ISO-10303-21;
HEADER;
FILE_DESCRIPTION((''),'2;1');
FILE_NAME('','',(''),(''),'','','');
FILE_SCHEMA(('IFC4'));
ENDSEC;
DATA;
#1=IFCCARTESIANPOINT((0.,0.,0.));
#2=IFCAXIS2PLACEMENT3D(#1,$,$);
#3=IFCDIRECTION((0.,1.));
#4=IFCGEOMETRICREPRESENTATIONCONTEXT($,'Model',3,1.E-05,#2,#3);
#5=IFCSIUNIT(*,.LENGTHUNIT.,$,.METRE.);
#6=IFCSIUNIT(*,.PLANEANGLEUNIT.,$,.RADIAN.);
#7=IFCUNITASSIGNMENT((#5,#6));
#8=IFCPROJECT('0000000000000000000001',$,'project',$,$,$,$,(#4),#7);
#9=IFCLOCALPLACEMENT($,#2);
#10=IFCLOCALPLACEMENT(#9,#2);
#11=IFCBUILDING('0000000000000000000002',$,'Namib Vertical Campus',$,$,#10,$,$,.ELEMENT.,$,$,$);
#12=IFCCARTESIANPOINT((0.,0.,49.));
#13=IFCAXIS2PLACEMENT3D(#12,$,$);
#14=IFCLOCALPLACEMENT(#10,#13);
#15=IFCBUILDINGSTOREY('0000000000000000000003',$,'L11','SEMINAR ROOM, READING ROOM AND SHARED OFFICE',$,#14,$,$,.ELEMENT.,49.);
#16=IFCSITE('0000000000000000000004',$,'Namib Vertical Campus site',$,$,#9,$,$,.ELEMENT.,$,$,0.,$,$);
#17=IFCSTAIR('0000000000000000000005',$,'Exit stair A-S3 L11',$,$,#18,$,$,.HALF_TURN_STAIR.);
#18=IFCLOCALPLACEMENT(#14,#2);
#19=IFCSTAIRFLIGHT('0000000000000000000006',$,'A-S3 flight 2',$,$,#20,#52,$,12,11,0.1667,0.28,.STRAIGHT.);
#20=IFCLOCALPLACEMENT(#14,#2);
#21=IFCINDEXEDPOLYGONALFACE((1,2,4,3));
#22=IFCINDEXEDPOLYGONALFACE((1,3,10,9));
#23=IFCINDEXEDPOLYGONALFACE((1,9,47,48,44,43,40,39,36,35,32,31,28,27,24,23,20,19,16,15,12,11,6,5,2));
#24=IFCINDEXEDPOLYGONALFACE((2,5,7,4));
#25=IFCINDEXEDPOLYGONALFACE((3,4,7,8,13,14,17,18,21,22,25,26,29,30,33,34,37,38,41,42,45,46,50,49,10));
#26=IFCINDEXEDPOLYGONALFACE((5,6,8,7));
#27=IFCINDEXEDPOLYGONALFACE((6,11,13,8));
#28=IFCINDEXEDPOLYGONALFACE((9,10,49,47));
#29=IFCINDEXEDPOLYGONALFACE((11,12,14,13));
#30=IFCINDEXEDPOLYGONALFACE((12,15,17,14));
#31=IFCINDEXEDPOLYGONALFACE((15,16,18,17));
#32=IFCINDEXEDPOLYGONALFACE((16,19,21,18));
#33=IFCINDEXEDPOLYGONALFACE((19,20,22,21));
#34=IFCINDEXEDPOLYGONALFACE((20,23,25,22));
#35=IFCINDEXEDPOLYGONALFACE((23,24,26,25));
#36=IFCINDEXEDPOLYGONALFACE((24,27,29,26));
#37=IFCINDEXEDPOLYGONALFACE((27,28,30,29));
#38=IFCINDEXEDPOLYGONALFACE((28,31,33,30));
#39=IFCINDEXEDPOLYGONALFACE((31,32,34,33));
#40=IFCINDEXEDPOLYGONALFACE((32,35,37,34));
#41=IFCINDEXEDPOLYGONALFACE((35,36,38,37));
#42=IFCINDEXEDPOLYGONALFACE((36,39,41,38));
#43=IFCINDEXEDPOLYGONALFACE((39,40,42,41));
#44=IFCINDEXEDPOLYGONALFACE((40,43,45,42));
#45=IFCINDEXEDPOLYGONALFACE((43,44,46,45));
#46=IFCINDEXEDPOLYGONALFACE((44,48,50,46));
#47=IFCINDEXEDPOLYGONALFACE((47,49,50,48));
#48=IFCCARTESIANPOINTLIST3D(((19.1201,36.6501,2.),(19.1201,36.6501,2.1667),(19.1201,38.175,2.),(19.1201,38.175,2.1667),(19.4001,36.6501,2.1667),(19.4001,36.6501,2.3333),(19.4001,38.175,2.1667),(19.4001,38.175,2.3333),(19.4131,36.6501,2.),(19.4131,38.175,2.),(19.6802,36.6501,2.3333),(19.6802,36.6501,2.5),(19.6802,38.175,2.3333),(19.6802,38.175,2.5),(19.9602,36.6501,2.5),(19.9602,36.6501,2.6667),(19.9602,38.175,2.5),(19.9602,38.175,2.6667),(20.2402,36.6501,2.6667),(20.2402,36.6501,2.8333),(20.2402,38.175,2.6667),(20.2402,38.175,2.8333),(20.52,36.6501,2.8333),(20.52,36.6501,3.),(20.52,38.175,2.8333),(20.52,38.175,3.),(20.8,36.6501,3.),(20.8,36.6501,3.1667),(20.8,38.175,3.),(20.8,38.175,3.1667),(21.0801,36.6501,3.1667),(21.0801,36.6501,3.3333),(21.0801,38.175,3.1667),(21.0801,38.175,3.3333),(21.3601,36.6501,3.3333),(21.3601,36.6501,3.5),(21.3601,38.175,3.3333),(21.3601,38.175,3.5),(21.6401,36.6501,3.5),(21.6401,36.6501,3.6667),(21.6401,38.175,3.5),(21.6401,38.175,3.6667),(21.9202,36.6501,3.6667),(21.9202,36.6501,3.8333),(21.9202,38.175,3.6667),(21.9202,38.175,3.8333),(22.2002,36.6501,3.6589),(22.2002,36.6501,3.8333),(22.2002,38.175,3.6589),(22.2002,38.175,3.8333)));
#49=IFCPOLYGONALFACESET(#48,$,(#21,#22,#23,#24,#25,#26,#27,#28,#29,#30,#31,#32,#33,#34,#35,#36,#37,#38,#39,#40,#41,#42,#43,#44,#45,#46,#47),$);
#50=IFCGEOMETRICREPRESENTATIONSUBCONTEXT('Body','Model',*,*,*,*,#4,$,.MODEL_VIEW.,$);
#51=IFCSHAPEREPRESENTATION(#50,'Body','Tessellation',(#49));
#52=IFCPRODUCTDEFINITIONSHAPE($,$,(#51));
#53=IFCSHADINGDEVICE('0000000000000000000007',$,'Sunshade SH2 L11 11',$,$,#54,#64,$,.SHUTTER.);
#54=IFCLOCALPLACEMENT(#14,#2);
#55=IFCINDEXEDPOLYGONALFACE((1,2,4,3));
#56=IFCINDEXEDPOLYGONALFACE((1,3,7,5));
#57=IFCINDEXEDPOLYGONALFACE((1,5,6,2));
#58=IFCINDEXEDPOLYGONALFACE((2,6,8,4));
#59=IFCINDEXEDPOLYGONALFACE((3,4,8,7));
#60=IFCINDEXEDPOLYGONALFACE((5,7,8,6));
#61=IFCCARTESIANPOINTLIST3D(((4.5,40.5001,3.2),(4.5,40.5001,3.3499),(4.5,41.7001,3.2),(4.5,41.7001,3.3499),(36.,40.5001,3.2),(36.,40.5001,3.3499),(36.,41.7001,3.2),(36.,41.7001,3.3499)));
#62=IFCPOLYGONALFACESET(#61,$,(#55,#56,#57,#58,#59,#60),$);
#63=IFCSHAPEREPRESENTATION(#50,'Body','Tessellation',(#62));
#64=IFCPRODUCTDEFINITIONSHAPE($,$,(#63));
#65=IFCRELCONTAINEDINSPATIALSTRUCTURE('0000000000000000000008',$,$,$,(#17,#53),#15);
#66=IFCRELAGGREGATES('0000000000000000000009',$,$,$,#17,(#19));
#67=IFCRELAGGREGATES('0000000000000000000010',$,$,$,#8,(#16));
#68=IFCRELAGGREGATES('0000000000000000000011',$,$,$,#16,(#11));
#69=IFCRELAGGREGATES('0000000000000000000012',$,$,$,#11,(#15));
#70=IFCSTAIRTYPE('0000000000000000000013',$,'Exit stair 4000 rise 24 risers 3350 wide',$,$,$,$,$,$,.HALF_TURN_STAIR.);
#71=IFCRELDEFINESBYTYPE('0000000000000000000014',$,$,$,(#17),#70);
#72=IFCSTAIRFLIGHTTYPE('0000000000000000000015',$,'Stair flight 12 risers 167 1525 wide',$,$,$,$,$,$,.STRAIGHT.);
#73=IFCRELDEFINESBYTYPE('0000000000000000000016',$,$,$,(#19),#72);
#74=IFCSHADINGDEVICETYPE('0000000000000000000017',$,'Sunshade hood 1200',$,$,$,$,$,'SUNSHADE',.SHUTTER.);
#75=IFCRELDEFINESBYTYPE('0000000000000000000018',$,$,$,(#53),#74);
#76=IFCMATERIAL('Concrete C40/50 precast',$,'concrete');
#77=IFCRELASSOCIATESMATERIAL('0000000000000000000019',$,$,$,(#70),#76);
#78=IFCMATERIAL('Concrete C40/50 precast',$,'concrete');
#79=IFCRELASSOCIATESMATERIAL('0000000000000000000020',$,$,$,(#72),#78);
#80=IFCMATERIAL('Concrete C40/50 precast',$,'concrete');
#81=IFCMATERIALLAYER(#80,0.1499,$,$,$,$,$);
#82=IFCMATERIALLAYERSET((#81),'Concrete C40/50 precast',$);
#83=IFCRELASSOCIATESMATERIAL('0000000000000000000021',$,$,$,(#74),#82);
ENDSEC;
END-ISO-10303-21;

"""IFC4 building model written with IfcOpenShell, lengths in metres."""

from ifc_helpers import new_model, si_unit, direction, frame, origin, origin_2d, place, context, subcontext, project, spatial, polyline, rectangle, outline, extrude, material, layer, layer_set, type_object, element, aggregate, save


model = new_model("IFC4")

# Units and contexts
model_context = context("Model", 3, precision=1e-05, world=origin(), true_north=direction((0.0, 1.0)))
body_context = subcontext(model_context, "Body", "Model", "MODEL_VIEW")
ifc_project = project(units=[si_unit("LENGTHUNIT", "METRE"), si_unit("PLANEANGLEUNIT", "RADIAN")], contexts=[model_context])

# Site, building, storey
site_placement = place(None, origin())
site = spatial("IfcSite", under=ifc_project, at=site_placement, Name="Namib Vertical Campus site", CompositionType="ELEMENT", RefElevation=0.0)
building_placement = place(site_placement, origin())
building = spatial("IfcBuilding", under=site, at=building_placement, Name="Namib Vertical Campus", CompositionType="ELEMENT")
storey_placement = place(building_placement, frame((0.0, 0.0, 49.0)))
storey = spatial("IfcBuildingStorey", under=building, at=storey_placement, Name="L11", Description="SEMINAR ROOM, READING ROOM AND SHARED OFFICE", CompositionType="ELEMENT", Elevation=49.0)

# Stair, stair flight
ifc_material_1 = material(Name="Concrete C40/50 precast", Category="concrete")
stair_type = type_object("IfcStairType", Name="Exit stair 4000 rise 24 risers 3350 wide", PredefinedType="HALF_TURN_STAIR", material=ifc_material_1)
stair_placement = place(storey_placement, origin())
stair = element("IfcStair", 1, at=stair_placement, inside=storey, type_object=stair_type, Name="Exit stair A-S3 L11", PredefinedType="HALF_TURN_STAIR")
ifc_material_2 = material(Name="Concrete C40/50 precast", Category="concrete")
stair_flight_type = type_object("IfcStairFlightType", Name="Stair flight 12 risers 167 1525 wide", PredefinedType="STRAIGHT", material=ifc_material_2)
stair_flight_placement = place(storey_placement, frame((19.1201, 37.4126, 2.0), z_axis=(0.0, 0.0, 1.0), x_axis=(1.0, 0.0, 0.0)))
stair_flight = element("IfcStairFlight", 2, at=stair_flight_placement, type_object=stair_flight_type, Name="A-S3 flight 2", NumberOfRisers=12, NumberOfTreads=11, PredefinedType="STRAIGHT", RiserHeight=0.1667, TreadLength=0.28, context=body_context, shape_type="SweptSolid", body=[
    extrude(outline(polyline([(0.0, 0.0), (0.0, 0.1667), (0.28, 0.1667), (0.28, 0.3333), (0.5601, 0.3333), (0.5601, 0.5), (0.8401, 0.5), (0.8401, 0.6667), (1.1201, 0.6667), (1.1201, 0.8333), (1.3999, 0.8333), (1.3999, 1.0), (1.6799, 1.0), (1.6799, 1.1667), (1.96, 1.1667), (1.96, 1.3333), (2.24, 1.3333), (2.24, 1.5), (2.52, 1.5), (2.52, 1.6667), (2.8, 1.6667), (2.8, 1.8333), (3.0801, 1.8333), (3.0801, 2.0), (3.0801, 1.6589), (0.293, 0.0), (0.0, 0.0)])), frame((0.0, 0.7625, 0.0), z_axis=(0.0, -1.0, 0.0), x_axis=(1.0, 0.0, 0.0)), (0.0, 0.0, 1.0), 1.5249),
])
aggregate(stair, [stair_flight])

# Shading device
ifc_material_3 = material(Name="Concrete C40/50 precast", Category="concrete")
ifc_layer_1 = layer(ifc_material_3, 0.1499)
ifc_layer_set_1 = layer_set([ifc_layer_1], Name="Concrete C40/50 precast")
shading_device_type = type_object("IfcShadingDeviceType", Name="Sunshade hood 1200", ElementType="SUNSHADE", PredefinedType="SHUTTER", material=ifc_layer_set_1)
shading_device_placement = place(storey_placement, frame((20.25, 41.1001, 3.2), z_axis=(0.0, 0.0, 1.0), x_axis=(-1.0, 0.0, 0.0)))
element("IfcShadingDevice", 3, at=shading_device_placement, inside=storey, type_object=shading_device_type, Name="Sunshade SH2 L11 11", PredefinedType="SHUTTER", context=body_context, shape_type="SweptSolid", body=[
    extrude(rectangle(XDim=31.5, YDim=1.2, at=origin_2d()), origin(), (0.0, 0.0, 1.0), 0.1499),
])

save(model, "model.ifc")
